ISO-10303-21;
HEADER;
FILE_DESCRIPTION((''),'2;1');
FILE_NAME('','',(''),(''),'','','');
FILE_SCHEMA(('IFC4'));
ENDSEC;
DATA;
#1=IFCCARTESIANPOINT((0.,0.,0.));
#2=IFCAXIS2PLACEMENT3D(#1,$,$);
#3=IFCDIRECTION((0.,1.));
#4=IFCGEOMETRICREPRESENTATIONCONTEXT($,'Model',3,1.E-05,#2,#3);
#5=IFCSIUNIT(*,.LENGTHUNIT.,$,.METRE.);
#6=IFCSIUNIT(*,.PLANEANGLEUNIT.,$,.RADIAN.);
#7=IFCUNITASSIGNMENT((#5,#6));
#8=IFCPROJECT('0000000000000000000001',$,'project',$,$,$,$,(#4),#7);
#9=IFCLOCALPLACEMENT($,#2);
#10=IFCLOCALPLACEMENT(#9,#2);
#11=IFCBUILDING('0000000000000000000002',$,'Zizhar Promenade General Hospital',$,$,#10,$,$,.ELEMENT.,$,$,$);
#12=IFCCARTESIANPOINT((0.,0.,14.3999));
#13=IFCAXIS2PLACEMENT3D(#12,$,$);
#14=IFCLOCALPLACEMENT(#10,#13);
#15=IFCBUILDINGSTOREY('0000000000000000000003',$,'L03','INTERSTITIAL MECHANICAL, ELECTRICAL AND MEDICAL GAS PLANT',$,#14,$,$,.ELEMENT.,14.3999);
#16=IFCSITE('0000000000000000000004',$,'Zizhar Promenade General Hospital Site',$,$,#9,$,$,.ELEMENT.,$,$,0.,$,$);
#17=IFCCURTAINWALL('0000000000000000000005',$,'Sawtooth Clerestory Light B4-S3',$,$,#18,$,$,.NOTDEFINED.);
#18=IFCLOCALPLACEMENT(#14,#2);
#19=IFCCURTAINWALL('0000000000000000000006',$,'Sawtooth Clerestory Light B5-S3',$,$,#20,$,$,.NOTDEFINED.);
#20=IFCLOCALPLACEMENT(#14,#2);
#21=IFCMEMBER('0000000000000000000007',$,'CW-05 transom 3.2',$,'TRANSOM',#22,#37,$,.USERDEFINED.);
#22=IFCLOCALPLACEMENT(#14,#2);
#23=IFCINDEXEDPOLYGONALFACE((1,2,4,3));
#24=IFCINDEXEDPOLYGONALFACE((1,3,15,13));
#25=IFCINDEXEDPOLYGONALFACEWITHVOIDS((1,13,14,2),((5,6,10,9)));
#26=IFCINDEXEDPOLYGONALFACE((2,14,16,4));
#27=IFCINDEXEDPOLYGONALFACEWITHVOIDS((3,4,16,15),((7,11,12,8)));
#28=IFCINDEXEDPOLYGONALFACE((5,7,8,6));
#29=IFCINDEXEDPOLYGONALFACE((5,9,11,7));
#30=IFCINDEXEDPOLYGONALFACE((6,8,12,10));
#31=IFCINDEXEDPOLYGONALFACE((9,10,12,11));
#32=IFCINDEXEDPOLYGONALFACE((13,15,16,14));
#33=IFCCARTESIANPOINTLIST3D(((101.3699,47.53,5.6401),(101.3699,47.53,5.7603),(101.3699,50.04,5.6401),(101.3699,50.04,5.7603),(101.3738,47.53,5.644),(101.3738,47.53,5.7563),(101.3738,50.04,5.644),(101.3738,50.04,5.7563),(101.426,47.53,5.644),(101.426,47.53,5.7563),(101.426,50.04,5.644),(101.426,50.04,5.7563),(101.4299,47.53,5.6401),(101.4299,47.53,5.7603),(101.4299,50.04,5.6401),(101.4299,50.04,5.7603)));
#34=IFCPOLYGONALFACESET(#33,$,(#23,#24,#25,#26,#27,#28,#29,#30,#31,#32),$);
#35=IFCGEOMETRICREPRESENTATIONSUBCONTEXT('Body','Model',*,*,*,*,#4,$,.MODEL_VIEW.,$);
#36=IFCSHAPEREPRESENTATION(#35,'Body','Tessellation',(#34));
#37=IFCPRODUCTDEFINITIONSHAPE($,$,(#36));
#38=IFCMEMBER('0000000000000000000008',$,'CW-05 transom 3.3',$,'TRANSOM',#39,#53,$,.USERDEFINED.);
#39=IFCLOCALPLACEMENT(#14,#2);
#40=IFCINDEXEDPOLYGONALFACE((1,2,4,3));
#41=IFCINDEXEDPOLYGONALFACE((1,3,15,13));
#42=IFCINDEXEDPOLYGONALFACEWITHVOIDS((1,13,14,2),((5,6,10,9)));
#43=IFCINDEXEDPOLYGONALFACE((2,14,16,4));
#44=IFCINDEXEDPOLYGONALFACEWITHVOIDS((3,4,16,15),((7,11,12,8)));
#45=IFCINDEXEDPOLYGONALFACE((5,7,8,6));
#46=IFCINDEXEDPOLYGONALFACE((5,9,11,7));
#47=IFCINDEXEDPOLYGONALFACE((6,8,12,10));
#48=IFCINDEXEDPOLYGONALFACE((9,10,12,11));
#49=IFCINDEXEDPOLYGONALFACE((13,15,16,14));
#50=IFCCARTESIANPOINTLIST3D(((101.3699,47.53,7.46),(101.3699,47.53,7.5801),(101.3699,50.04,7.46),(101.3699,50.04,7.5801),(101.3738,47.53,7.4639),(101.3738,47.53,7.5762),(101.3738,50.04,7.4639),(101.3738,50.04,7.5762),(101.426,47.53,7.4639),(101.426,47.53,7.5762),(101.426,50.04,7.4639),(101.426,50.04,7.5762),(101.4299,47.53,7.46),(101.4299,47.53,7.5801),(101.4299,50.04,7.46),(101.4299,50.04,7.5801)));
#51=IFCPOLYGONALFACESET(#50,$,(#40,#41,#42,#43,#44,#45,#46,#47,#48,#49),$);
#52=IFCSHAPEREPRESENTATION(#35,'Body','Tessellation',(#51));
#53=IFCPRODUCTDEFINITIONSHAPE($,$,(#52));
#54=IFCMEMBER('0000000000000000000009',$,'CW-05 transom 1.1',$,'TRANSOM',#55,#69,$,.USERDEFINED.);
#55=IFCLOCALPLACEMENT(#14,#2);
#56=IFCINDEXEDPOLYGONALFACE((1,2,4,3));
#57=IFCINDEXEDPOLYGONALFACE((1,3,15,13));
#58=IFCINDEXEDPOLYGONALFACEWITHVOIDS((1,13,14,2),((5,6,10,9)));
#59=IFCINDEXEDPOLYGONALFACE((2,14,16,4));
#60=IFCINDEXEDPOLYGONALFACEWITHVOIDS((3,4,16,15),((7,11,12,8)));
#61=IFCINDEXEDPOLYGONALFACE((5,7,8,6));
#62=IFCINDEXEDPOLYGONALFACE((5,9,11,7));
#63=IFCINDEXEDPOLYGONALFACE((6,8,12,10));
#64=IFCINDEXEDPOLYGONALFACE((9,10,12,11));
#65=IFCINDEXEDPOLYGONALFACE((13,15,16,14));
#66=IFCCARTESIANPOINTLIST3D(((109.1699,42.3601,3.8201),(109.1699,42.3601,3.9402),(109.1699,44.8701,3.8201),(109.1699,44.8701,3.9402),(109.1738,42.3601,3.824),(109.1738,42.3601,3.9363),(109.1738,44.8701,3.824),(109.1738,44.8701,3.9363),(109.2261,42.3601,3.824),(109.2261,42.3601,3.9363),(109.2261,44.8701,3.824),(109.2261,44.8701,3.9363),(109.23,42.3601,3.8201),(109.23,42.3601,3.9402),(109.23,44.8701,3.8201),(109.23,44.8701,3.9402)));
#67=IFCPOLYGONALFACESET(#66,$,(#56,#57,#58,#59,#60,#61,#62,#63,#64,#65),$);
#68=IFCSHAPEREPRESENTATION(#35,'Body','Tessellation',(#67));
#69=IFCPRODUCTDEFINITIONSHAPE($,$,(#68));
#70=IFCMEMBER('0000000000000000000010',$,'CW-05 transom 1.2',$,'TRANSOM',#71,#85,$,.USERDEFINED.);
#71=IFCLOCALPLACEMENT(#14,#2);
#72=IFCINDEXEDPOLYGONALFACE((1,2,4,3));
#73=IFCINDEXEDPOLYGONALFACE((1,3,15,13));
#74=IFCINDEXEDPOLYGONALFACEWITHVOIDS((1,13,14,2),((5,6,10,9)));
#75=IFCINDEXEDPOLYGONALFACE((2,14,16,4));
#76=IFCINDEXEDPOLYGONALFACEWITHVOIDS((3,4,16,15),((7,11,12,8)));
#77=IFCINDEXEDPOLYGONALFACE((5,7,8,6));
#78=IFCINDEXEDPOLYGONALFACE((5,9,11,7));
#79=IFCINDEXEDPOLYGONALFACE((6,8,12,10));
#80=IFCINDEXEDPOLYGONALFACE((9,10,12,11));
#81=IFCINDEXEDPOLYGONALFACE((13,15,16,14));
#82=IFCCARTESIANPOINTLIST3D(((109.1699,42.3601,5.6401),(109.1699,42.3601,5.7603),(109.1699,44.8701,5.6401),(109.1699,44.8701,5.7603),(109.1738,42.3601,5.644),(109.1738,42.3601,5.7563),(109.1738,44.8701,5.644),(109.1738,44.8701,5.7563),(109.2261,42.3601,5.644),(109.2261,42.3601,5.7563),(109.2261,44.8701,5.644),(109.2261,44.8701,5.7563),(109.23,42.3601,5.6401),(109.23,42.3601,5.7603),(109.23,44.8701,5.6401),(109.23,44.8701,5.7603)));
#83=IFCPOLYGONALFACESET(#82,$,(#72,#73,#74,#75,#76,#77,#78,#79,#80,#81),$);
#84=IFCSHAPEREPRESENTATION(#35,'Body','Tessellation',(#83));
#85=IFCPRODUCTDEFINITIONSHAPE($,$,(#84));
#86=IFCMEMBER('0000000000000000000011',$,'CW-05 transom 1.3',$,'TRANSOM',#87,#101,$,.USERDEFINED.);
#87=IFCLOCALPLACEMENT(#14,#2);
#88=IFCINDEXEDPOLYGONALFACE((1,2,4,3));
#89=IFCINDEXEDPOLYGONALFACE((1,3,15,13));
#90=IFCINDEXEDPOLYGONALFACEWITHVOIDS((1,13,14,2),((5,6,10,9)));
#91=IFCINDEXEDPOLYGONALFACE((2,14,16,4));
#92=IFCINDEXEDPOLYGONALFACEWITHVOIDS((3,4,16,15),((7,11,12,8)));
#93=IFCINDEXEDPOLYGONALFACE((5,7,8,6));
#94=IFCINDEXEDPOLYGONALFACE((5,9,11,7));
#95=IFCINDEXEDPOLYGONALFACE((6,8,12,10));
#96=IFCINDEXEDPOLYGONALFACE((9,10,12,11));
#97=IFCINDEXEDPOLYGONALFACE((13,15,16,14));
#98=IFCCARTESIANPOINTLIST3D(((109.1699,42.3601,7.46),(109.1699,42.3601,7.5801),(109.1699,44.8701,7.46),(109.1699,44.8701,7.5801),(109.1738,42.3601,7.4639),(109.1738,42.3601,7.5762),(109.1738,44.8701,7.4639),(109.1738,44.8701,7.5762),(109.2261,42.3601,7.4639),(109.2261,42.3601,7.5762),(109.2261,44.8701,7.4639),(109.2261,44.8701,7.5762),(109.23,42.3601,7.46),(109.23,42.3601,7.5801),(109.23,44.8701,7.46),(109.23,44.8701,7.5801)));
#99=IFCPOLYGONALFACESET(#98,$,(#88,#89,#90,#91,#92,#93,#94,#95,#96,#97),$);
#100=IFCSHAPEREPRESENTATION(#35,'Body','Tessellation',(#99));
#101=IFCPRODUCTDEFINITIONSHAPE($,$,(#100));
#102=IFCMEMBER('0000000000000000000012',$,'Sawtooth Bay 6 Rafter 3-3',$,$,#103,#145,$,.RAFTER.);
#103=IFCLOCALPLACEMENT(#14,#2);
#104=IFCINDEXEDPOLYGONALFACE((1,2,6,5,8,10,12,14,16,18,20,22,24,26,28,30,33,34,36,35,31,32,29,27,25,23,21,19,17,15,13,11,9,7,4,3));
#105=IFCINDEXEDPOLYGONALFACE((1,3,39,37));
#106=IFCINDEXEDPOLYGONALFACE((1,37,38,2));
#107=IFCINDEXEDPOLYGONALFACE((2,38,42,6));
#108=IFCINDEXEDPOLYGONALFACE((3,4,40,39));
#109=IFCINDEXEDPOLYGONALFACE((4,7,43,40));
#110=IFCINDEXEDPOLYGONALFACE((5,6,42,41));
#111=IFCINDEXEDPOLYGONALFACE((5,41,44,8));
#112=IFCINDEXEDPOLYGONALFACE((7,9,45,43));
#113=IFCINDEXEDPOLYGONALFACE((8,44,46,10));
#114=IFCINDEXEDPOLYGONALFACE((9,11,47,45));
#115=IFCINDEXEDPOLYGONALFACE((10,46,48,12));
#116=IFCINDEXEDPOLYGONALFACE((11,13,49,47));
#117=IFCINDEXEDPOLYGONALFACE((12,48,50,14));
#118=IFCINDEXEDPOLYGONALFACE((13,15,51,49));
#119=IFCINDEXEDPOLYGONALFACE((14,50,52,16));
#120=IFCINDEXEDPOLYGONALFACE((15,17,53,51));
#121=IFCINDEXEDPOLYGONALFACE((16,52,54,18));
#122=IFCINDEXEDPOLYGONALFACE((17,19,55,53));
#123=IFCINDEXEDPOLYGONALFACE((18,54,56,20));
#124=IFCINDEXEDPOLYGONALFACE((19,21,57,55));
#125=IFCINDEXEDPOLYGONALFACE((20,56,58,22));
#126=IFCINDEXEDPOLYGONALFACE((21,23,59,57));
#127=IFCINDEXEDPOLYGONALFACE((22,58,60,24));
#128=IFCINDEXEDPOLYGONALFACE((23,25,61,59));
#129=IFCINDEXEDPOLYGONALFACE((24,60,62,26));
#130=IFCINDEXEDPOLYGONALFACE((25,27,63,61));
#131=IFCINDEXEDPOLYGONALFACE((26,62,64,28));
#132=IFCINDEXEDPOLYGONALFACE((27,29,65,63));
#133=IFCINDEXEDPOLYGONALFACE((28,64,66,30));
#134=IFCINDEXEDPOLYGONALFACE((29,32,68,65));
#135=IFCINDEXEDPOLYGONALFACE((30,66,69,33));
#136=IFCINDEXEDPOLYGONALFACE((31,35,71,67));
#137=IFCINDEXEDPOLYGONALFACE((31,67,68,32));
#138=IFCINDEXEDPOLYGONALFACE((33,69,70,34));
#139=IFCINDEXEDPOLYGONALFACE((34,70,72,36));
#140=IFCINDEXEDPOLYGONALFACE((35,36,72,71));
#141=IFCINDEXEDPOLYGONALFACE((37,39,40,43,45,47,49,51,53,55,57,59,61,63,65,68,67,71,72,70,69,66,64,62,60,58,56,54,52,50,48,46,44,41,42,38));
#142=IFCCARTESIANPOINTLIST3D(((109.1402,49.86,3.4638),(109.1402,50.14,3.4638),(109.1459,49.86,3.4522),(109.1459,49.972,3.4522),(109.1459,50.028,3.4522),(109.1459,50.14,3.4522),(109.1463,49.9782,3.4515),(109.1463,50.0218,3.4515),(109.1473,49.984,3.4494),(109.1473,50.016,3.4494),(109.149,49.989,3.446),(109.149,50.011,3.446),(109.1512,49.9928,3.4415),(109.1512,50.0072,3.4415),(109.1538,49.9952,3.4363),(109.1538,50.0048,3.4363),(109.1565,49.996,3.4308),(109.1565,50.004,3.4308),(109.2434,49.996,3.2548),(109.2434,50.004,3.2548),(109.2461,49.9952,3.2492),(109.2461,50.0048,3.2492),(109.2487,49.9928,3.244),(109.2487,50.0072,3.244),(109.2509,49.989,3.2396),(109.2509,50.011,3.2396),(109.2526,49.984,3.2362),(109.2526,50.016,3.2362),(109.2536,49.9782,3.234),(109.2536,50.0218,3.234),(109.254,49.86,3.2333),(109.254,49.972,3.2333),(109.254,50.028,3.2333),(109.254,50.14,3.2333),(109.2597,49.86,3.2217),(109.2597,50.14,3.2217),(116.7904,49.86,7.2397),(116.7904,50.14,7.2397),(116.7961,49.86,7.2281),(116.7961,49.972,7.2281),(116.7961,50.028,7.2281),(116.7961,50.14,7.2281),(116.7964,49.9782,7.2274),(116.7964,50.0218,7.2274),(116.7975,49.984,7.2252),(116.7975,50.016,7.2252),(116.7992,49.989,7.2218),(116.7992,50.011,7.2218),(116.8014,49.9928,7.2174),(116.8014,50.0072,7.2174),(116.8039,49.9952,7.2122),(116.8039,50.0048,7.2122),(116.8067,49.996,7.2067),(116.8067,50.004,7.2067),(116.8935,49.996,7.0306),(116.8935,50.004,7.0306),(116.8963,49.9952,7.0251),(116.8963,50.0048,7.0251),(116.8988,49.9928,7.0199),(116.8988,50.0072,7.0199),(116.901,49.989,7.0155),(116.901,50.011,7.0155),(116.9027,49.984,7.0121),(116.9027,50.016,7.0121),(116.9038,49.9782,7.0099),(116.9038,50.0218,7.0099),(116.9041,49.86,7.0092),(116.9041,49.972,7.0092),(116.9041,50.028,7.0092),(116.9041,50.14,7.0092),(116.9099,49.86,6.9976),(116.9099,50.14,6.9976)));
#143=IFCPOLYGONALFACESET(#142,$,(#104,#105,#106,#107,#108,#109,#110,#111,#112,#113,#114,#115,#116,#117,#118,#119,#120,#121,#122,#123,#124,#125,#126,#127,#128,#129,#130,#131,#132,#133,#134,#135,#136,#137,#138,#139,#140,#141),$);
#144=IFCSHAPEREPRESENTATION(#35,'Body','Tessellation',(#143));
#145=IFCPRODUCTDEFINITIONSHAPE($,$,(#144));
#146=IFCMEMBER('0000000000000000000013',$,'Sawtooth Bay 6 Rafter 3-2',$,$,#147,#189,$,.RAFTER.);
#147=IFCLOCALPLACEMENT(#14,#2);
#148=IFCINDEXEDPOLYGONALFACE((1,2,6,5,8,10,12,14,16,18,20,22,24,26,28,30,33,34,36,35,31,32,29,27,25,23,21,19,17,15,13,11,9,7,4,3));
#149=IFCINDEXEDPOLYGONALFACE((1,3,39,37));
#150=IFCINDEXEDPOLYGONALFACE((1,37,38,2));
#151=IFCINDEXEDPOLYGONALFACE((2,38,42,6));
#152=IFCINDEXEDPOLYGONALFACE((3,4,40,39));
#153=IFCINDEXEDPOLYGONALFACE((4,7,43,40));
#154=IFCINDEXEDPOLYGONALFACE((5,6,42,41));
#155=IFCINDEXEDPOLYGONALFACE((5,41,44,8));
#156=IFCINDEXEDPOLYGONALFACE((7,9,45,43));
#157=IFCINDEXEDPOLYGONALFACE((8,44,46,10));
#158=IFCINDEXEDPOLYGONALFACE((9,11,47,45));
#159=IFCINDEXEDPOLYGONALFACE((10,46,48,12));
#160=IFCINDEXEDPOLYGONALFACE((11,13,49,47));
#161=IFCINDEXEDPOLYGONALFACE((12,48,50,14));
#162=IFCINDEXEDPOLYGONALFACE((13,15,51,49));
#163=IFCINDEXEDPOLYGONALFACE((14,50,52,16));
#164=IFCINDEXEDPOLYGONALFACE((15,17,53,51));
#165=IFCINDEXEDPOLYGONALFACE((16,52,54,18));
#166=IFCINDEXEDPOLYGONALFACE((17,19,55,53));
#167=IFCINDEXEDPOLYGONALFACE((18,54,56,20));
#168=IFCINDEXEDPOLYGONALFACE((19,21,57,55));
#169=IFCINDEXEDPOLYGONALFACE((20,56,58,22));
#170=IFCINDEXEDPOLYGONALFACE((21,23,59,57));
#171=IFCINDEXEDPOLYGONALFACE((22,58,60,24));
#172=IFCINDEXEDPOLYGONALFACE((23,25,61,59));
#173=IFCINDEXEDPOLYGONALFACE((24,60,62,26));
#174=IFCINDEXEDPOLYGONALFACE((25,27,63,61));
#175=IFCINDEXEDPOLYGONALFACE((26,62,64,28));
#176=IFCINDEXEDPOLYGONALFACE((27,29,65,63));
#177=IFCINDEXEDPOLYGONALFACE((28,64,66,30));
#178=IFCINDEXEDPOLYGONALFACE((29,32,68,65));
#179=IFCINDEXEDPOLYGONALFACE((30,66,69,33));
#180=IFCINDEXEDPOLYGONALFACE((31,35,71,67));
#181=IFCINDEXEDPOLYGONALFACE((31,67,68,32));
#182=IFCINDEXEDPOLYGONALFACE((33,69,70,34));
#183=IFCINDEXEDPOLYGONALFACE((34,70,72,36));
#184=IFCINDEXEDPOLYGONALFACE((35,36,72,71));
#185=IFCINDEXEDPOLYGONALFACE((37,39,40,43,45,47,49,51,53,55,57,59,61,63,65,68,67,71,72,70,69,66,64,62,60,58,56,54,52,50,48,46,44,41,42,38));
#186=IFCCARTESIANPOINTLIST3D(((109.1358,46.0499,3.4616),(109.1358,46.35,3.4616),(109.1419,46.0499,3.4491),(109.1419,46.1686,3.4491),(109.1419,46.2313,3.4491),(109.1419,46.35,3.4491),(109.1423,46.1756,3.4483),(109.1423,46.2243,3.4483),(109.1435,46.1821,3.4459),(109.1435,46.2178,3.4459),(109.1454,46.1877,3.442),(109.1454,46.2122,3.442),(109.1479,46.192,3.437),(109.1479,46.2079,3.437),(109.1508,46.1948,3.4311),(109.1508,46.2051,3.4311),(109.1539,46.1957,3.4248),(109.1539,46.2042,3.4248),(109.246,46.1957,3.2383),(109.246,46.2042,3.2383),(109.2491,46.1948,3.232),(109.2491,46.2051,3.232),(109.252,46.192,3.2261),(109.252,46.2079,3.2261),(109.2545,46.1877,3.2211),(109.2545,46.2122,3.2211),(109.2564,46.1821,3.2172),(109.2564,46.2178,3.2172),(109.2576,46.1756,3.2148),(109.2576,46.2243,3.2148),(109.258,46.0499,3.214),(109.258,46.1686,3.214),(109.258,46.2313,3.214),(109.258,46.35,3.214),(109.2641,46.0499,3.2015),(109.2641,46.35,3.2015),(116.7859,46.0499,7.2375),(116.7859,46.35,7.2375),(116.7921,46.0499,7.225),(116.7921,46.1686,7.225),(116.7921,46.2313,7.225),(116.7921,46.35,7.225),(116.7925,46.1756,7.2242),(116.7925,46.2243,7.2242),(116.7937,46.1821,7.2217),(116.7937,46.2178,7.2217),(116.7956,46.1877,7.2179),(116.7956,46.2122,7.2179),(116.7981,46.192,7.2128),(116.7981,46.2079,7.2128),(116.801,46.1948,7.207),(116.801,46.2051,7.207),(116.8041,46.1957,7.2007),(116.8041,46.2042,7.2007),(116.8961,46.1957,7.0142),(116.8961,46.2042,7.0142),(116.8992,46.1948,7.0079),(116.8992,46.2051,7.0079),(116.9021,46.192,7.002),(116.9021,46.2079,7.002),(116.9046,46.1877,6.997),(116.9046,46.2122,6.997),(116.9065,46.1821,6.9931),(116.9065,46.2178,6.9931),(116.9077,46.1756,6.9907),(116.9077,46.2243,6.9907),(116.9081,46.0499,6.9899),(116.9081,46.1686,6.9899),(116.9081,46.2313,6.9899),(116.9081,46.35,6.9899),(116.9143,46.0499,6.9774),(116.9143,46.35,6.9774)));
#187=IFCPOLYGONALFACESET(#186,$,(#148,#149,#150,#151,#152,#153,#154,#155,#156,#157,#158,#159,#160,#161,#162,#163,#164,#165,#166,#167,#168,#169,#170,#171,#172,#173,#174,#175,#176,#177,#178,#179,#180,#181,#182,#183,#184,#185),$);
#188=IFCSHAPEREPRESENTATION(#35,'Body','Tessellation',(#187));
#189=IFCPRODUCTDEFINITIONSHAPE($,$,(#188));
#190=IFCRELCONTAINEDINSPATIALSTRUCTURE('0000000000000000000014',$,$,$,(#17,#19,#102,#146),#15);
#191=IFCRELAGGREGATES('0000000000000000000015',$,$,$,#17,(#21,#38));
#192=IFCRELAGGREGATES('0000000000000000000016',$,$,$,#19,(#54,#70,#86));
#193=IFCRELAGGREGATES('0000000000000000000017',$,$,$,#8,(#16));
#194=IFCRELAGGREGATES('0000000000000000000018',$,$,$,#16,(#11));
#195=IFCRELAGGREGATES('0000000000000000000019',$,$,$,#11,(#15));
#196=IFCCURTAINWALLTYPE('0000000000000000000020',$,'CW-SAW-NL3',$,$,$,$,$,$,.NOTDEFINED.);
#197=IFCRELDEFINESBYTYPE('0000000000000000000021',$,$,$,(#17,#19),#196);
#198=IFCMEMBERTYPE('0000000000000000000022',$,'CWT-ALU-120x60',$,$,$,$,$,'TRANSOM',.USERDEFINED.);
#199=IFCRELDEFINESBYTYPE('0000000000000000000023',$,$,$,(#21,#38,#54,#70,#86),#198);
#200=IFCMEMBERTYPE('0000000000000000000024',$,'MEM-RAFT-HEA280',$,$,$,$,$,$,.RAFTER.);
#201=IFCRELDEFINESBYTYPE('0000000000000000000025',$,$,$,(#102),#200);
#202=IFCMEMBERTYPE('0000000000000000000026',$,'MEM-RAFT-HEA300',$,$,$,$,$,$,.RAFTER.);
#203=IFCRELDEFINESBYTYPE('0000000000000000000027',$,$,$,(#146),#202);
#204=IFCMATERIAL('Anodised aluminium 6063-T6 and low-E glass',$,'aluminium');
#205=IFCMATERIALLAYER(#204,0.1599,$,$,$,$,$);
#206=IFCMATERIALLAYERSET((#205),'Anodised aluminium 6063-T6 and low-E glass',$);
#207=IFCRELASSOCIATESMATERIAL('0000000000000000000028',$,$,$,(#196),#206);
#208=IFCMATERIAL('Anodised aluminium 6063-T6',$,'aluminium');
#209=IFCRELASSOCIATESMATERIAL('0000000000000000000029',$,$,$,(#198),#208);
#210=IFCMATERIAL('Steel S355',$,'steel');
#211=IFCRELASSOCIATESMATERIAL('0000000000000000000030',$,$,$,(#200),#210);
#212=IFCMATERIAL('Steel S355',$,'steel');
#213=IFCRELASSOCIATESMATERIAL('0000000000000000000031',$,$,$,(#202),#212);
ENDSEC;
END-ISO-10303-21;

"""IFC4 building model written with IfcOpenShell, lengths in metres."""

from ifc_helpers import new_model, si_unit, direction, frame, origin, origin_2d, place, context, subcontext, project, spatial, hollow_rectangle, i_section, extrude, material, layer, layer_set, material_profile, profile_set, type_object, element, aggregate, save


model = new_model("IFC4")

# Units and contexts
model_context = context("Model", 3, precision=1e-05, world=origin(), true_north=direction((0.0, 1.0)))
body_context = subcontext(model_context, "Body", "Model", "MODEL_VIEW")
ifc_project = project(units=[si_unit("LENGTHUNIT", "METRE"), si_unit("PLANEANGLEUNIT", "RADIAN")], contexts=[model_context])

# Site, building, storey
site_placement = place(None, origin())
site = spatial("IfcSite", under=ifc_project, at=site_placement, Name="Zizhar Promenade General Hospital Site", CompositionType="ELEMENT", RefElevation=0.0)
building_placement = place(site_placement, origin())
building = spatial("IfcBuilding", under=site, at=building_placement, Name="Zizhar Promenade General Hospital", CompositionType="ELEMENT")
storey_placement = place(building_placement, frame((0.0, 0.0, 14.3999)))
storey = spatial("IfcBuildingStorey", under=building, at=storey_placement, Name="L03", Description="INTERSTITIAL MECHANICAL, ELECTRICAL AND MEDICAL GAS PLANT", CompositionType="ELEMENT", Elevation=14.3999)

# Curtain walls
ifc_material_1 = material(Name="Anodised aluminium 6063-T6 and low-E glass", Category="aluminium")
ifc_layer_1 = layer(ifc_material_1, 0.1599)
ifc_layer_set_1 = layer_set([ifc_layer_1], Name="Anodised aluminium 6063-T6 and low-E glass")
curtain_wall_type = type_object("IfcCurtainWallType", Name="CW-SAW-NL3", PredefinedType="NOTDEFINED", material=ifc_layer_set_1)
curtain_wall_1_placement = place(storey_placement, origin())
curtain_wall_1 = element("IfcCurtainWall", 1, at=curtain_wall_1_placement, inside=storey, type_object=curtain_wall_type, Name="Sawtooth Clerestory Light B4-S3", PredefinedType="NOTDEFINED")
curtain_wall_2_placement = place(storey_placement, origin())
curtain_wall_2 = element("IfcCurtainWall", 2, at=curtain_wall_2_placement, inside=storey, type_object=curtain_wall_type, Name="Sawtooth Clerestory Light B5-S3", PredefinedType="NOTDEFINED")

# Members
ifc_material_2 = material(Name="Anodised aluminium 6063-T6", Category="aluminium")
ifc_material_profile_1 = material_profile(ifc_material_2, hollow_rectangle(XDim=0.0601, YDim=0.1201, WallThickness=0.0039, at=origin_2d()))
ifc_profile_set_1 = profile_set([ifc_material_profile_1], Name="Anodised aluminium 6063-T6")
member_type_1 = type_object("IfcMemberType", Name="CWT-ALU-120x60", ElementType="TRANSOM", PredefinedType="USERDEFINED", material=ifc_profile_set_1)
member_1_placement = place(storey_placement, frame((101.3999, 47.53, 5.7002), z_axis=(0.0, 1.0, 0.0), x_axis=(-1.0, 0.0, 0.0)))
member_1 = element("IfcMember", 3, at=member_1_placement, type_object=member_type_1, Name="CW-05 transom 3.2", ObjectType="TRANSOM", PredefinedType="USERDEFINED", context=body_context, shape_type="SweptSolid", body=[
    extrude(hollow_rectangle(XDim=0.0601, YDim=0.1201, WallThickness=0.0039, at=origin_2d()), origin(), (0.0, 0.0, 1.0), 2.51),
])
member_2_placement = place(storey_placement, frame((101.3999, 47.53, 7.52), z_axis=(0.0, 1.0, 0.0), x_axis=(-1.0, 0.0, 0.0)))
member_2 = element("IfcMember", 4, at=member_2_placement, type_object=member_type_1, Name="CW-05 transom 3.3", ObjectType="TRANSOM", PredefinedType="USERDEFINED", context=body_context, shape_type="SweptSolid", body=[
    extrude(hollow_rectangle(XDim=0.0601, YDim=0.1201, WallThickness=0.0039, at=origin_2d()), origin(), (0.0, 0.0, 1.0), 2.51),
])
member_3_placement = place(storey_placement, frame((109.2, 42.3601, 3.8801), z_axis=(0.0, 1.0, 0.0), x_axis=(-1.0, 0.0, 0.0)))
member_3 = element("IfcMember", 5, at=member_3_placement, type_object=member_type_1, Name="CW-05 transom 1.1", ObjectType="TRANSOM", PredefinedType="USERDEFINED", context=body_context, shape_type="SweptSolid", body=[
    extrude(hollow_rectangle(XDim=0.0601, YDim=0.1201, WallThickness=0.0039, at=origin_2d()), origin(), (0.0, 0.0, 1.0), 2.51),
])
member_4_placement = place(storey_placement, frame((109.2, 42.3601, 5.7002), z_axis=(0.0, 1.0, 0.0), x_axis=(-1.0, 0.0, 0.0)))
member_4 = element("IfcMember", 6, at=member_4_placement, type_object=member_type_1, Name="CW-05 transom 1.2", ObjectType="TRANSOM", PredefinedType="USERDEFINED", context=body_context, shape_type="SweptSolid", body=[
    extrude(hollow_rectangle(XDim=0.0601, YDim=0.1201, WallThickness=0.0039, at=origin_2d()), origin(), (0.0, 0.0, 1.0), 2.51),
])
member_5_placement = place(storey_placement, frame((109.2, 42.3601, 7.52), z_axis=(0.0, 1.0, 0.0), x_axis=(-1.0, 0.0, 0.0)))
member_5 = element("IfcMember", 7, at=member_5_placement, type_object=member_type_1, Name="CW-05 transom 1.3", ObjectType="TRANSOM", PredefinedType="USERDEFINED", context=body_context, shape_type="SweptSolid", body=[
    extrude(hollow_rectangle(XDim=0.0601, YDim=0.1201, WallThickness=0.0039, at=origin_2d()), origin(), (0.0, 0.0, 1.0), 2.51),
])

# Members
ifc_material_3 = material(Name="Steel S355", Category="steel")
ifc_material_profile_2 = material_profile(ifc_material_3, i_section(OverallWidth=0.28, OverallDepth=0.27, WebThickness=0.0081, FlangeThickness=0.0129, FilletRadius=0.0239, at=origin_2d()))
ifc_profile_set_2 = profile_set([ifc_material_profile_2], Name="Steel S355")
member_type_2 = type_object("IfcMemberType", Name="MEM-RAFT-HEA280", PredefinedType="RAFTER", material=ifc_profile_set_2)
member_6_placement = place(storey_placement, frame((109.2, 50.0, 3.3428), z_axis=(0.896722, 0.0, 0.442595), x_axis=(0.0, 1.0, 0.0)))
element("IfcMember", 8, at=member_6_placement, inside=storey, type_object=member_type_2, Name="Sawtooth Bay 6 Rafter 3-3", PredefinedType="RAFTER", context=body_context, shape_type="SweptSolid", body=[
    extrude(i_section(OverallWidth=0.28, OverallDepth=0.27, WebThickness=0.0081, FlangeThickness=0.0129, FilletRadius=0.0239, at=origin_2d()), origin(), (0.0, 0.0, 1.0), 8.5312),
])
ifc_material_4 = material(Name="Steel S355", Category="steel")
ifc_material_profile_3 = material_profile(ifc_material_4, i_section(OverallWidth=0.3, OverallDepth=0.29, WebThickness=0.0085, FlangeThickness=0.0139, FilletRadius=0.0271, at=origin_2d()))
ifc_profile_set_3 = profile_set([ifc_material_profile_3], Name="Steel S355")
member_type_3 = type_object("IfcMemberType", Name="MEM-RAFT-HEA300", PredefinedType="RAFTER", material=ifc_profile_set_3)
member_7_placement = place(storey_placement, frame((109.2, 46.2, 3.3315), z_axis=(0.896722, 0.0, 0.442595), x_axis=(0.0, 1.0, 0.0)))
element("IfcMember", 9, at=member_7_placement, inside=storey, type_object=member_type_3, Name="Sawtooth Bay 6 Rafter 3-2", PredefinedType="RAFTER", context=body_context, shape_type="SweptSolid", body=[
    extrude(i_section(OverallWidth=0.3, OverallDepth=0.29, WebThickness=0.0085, FlangeThickness=0.0139, FilletRadius=0.0271, at=origin_2d()), origin(), (0.0, 0.0, 1.0), 8.5312),
])

aggregate(curtain_wall_1, [member_1, member_2])
aggregate(curtain_wall_2, [member_3, member_4, member_5])

save(model, "model.ifc")
